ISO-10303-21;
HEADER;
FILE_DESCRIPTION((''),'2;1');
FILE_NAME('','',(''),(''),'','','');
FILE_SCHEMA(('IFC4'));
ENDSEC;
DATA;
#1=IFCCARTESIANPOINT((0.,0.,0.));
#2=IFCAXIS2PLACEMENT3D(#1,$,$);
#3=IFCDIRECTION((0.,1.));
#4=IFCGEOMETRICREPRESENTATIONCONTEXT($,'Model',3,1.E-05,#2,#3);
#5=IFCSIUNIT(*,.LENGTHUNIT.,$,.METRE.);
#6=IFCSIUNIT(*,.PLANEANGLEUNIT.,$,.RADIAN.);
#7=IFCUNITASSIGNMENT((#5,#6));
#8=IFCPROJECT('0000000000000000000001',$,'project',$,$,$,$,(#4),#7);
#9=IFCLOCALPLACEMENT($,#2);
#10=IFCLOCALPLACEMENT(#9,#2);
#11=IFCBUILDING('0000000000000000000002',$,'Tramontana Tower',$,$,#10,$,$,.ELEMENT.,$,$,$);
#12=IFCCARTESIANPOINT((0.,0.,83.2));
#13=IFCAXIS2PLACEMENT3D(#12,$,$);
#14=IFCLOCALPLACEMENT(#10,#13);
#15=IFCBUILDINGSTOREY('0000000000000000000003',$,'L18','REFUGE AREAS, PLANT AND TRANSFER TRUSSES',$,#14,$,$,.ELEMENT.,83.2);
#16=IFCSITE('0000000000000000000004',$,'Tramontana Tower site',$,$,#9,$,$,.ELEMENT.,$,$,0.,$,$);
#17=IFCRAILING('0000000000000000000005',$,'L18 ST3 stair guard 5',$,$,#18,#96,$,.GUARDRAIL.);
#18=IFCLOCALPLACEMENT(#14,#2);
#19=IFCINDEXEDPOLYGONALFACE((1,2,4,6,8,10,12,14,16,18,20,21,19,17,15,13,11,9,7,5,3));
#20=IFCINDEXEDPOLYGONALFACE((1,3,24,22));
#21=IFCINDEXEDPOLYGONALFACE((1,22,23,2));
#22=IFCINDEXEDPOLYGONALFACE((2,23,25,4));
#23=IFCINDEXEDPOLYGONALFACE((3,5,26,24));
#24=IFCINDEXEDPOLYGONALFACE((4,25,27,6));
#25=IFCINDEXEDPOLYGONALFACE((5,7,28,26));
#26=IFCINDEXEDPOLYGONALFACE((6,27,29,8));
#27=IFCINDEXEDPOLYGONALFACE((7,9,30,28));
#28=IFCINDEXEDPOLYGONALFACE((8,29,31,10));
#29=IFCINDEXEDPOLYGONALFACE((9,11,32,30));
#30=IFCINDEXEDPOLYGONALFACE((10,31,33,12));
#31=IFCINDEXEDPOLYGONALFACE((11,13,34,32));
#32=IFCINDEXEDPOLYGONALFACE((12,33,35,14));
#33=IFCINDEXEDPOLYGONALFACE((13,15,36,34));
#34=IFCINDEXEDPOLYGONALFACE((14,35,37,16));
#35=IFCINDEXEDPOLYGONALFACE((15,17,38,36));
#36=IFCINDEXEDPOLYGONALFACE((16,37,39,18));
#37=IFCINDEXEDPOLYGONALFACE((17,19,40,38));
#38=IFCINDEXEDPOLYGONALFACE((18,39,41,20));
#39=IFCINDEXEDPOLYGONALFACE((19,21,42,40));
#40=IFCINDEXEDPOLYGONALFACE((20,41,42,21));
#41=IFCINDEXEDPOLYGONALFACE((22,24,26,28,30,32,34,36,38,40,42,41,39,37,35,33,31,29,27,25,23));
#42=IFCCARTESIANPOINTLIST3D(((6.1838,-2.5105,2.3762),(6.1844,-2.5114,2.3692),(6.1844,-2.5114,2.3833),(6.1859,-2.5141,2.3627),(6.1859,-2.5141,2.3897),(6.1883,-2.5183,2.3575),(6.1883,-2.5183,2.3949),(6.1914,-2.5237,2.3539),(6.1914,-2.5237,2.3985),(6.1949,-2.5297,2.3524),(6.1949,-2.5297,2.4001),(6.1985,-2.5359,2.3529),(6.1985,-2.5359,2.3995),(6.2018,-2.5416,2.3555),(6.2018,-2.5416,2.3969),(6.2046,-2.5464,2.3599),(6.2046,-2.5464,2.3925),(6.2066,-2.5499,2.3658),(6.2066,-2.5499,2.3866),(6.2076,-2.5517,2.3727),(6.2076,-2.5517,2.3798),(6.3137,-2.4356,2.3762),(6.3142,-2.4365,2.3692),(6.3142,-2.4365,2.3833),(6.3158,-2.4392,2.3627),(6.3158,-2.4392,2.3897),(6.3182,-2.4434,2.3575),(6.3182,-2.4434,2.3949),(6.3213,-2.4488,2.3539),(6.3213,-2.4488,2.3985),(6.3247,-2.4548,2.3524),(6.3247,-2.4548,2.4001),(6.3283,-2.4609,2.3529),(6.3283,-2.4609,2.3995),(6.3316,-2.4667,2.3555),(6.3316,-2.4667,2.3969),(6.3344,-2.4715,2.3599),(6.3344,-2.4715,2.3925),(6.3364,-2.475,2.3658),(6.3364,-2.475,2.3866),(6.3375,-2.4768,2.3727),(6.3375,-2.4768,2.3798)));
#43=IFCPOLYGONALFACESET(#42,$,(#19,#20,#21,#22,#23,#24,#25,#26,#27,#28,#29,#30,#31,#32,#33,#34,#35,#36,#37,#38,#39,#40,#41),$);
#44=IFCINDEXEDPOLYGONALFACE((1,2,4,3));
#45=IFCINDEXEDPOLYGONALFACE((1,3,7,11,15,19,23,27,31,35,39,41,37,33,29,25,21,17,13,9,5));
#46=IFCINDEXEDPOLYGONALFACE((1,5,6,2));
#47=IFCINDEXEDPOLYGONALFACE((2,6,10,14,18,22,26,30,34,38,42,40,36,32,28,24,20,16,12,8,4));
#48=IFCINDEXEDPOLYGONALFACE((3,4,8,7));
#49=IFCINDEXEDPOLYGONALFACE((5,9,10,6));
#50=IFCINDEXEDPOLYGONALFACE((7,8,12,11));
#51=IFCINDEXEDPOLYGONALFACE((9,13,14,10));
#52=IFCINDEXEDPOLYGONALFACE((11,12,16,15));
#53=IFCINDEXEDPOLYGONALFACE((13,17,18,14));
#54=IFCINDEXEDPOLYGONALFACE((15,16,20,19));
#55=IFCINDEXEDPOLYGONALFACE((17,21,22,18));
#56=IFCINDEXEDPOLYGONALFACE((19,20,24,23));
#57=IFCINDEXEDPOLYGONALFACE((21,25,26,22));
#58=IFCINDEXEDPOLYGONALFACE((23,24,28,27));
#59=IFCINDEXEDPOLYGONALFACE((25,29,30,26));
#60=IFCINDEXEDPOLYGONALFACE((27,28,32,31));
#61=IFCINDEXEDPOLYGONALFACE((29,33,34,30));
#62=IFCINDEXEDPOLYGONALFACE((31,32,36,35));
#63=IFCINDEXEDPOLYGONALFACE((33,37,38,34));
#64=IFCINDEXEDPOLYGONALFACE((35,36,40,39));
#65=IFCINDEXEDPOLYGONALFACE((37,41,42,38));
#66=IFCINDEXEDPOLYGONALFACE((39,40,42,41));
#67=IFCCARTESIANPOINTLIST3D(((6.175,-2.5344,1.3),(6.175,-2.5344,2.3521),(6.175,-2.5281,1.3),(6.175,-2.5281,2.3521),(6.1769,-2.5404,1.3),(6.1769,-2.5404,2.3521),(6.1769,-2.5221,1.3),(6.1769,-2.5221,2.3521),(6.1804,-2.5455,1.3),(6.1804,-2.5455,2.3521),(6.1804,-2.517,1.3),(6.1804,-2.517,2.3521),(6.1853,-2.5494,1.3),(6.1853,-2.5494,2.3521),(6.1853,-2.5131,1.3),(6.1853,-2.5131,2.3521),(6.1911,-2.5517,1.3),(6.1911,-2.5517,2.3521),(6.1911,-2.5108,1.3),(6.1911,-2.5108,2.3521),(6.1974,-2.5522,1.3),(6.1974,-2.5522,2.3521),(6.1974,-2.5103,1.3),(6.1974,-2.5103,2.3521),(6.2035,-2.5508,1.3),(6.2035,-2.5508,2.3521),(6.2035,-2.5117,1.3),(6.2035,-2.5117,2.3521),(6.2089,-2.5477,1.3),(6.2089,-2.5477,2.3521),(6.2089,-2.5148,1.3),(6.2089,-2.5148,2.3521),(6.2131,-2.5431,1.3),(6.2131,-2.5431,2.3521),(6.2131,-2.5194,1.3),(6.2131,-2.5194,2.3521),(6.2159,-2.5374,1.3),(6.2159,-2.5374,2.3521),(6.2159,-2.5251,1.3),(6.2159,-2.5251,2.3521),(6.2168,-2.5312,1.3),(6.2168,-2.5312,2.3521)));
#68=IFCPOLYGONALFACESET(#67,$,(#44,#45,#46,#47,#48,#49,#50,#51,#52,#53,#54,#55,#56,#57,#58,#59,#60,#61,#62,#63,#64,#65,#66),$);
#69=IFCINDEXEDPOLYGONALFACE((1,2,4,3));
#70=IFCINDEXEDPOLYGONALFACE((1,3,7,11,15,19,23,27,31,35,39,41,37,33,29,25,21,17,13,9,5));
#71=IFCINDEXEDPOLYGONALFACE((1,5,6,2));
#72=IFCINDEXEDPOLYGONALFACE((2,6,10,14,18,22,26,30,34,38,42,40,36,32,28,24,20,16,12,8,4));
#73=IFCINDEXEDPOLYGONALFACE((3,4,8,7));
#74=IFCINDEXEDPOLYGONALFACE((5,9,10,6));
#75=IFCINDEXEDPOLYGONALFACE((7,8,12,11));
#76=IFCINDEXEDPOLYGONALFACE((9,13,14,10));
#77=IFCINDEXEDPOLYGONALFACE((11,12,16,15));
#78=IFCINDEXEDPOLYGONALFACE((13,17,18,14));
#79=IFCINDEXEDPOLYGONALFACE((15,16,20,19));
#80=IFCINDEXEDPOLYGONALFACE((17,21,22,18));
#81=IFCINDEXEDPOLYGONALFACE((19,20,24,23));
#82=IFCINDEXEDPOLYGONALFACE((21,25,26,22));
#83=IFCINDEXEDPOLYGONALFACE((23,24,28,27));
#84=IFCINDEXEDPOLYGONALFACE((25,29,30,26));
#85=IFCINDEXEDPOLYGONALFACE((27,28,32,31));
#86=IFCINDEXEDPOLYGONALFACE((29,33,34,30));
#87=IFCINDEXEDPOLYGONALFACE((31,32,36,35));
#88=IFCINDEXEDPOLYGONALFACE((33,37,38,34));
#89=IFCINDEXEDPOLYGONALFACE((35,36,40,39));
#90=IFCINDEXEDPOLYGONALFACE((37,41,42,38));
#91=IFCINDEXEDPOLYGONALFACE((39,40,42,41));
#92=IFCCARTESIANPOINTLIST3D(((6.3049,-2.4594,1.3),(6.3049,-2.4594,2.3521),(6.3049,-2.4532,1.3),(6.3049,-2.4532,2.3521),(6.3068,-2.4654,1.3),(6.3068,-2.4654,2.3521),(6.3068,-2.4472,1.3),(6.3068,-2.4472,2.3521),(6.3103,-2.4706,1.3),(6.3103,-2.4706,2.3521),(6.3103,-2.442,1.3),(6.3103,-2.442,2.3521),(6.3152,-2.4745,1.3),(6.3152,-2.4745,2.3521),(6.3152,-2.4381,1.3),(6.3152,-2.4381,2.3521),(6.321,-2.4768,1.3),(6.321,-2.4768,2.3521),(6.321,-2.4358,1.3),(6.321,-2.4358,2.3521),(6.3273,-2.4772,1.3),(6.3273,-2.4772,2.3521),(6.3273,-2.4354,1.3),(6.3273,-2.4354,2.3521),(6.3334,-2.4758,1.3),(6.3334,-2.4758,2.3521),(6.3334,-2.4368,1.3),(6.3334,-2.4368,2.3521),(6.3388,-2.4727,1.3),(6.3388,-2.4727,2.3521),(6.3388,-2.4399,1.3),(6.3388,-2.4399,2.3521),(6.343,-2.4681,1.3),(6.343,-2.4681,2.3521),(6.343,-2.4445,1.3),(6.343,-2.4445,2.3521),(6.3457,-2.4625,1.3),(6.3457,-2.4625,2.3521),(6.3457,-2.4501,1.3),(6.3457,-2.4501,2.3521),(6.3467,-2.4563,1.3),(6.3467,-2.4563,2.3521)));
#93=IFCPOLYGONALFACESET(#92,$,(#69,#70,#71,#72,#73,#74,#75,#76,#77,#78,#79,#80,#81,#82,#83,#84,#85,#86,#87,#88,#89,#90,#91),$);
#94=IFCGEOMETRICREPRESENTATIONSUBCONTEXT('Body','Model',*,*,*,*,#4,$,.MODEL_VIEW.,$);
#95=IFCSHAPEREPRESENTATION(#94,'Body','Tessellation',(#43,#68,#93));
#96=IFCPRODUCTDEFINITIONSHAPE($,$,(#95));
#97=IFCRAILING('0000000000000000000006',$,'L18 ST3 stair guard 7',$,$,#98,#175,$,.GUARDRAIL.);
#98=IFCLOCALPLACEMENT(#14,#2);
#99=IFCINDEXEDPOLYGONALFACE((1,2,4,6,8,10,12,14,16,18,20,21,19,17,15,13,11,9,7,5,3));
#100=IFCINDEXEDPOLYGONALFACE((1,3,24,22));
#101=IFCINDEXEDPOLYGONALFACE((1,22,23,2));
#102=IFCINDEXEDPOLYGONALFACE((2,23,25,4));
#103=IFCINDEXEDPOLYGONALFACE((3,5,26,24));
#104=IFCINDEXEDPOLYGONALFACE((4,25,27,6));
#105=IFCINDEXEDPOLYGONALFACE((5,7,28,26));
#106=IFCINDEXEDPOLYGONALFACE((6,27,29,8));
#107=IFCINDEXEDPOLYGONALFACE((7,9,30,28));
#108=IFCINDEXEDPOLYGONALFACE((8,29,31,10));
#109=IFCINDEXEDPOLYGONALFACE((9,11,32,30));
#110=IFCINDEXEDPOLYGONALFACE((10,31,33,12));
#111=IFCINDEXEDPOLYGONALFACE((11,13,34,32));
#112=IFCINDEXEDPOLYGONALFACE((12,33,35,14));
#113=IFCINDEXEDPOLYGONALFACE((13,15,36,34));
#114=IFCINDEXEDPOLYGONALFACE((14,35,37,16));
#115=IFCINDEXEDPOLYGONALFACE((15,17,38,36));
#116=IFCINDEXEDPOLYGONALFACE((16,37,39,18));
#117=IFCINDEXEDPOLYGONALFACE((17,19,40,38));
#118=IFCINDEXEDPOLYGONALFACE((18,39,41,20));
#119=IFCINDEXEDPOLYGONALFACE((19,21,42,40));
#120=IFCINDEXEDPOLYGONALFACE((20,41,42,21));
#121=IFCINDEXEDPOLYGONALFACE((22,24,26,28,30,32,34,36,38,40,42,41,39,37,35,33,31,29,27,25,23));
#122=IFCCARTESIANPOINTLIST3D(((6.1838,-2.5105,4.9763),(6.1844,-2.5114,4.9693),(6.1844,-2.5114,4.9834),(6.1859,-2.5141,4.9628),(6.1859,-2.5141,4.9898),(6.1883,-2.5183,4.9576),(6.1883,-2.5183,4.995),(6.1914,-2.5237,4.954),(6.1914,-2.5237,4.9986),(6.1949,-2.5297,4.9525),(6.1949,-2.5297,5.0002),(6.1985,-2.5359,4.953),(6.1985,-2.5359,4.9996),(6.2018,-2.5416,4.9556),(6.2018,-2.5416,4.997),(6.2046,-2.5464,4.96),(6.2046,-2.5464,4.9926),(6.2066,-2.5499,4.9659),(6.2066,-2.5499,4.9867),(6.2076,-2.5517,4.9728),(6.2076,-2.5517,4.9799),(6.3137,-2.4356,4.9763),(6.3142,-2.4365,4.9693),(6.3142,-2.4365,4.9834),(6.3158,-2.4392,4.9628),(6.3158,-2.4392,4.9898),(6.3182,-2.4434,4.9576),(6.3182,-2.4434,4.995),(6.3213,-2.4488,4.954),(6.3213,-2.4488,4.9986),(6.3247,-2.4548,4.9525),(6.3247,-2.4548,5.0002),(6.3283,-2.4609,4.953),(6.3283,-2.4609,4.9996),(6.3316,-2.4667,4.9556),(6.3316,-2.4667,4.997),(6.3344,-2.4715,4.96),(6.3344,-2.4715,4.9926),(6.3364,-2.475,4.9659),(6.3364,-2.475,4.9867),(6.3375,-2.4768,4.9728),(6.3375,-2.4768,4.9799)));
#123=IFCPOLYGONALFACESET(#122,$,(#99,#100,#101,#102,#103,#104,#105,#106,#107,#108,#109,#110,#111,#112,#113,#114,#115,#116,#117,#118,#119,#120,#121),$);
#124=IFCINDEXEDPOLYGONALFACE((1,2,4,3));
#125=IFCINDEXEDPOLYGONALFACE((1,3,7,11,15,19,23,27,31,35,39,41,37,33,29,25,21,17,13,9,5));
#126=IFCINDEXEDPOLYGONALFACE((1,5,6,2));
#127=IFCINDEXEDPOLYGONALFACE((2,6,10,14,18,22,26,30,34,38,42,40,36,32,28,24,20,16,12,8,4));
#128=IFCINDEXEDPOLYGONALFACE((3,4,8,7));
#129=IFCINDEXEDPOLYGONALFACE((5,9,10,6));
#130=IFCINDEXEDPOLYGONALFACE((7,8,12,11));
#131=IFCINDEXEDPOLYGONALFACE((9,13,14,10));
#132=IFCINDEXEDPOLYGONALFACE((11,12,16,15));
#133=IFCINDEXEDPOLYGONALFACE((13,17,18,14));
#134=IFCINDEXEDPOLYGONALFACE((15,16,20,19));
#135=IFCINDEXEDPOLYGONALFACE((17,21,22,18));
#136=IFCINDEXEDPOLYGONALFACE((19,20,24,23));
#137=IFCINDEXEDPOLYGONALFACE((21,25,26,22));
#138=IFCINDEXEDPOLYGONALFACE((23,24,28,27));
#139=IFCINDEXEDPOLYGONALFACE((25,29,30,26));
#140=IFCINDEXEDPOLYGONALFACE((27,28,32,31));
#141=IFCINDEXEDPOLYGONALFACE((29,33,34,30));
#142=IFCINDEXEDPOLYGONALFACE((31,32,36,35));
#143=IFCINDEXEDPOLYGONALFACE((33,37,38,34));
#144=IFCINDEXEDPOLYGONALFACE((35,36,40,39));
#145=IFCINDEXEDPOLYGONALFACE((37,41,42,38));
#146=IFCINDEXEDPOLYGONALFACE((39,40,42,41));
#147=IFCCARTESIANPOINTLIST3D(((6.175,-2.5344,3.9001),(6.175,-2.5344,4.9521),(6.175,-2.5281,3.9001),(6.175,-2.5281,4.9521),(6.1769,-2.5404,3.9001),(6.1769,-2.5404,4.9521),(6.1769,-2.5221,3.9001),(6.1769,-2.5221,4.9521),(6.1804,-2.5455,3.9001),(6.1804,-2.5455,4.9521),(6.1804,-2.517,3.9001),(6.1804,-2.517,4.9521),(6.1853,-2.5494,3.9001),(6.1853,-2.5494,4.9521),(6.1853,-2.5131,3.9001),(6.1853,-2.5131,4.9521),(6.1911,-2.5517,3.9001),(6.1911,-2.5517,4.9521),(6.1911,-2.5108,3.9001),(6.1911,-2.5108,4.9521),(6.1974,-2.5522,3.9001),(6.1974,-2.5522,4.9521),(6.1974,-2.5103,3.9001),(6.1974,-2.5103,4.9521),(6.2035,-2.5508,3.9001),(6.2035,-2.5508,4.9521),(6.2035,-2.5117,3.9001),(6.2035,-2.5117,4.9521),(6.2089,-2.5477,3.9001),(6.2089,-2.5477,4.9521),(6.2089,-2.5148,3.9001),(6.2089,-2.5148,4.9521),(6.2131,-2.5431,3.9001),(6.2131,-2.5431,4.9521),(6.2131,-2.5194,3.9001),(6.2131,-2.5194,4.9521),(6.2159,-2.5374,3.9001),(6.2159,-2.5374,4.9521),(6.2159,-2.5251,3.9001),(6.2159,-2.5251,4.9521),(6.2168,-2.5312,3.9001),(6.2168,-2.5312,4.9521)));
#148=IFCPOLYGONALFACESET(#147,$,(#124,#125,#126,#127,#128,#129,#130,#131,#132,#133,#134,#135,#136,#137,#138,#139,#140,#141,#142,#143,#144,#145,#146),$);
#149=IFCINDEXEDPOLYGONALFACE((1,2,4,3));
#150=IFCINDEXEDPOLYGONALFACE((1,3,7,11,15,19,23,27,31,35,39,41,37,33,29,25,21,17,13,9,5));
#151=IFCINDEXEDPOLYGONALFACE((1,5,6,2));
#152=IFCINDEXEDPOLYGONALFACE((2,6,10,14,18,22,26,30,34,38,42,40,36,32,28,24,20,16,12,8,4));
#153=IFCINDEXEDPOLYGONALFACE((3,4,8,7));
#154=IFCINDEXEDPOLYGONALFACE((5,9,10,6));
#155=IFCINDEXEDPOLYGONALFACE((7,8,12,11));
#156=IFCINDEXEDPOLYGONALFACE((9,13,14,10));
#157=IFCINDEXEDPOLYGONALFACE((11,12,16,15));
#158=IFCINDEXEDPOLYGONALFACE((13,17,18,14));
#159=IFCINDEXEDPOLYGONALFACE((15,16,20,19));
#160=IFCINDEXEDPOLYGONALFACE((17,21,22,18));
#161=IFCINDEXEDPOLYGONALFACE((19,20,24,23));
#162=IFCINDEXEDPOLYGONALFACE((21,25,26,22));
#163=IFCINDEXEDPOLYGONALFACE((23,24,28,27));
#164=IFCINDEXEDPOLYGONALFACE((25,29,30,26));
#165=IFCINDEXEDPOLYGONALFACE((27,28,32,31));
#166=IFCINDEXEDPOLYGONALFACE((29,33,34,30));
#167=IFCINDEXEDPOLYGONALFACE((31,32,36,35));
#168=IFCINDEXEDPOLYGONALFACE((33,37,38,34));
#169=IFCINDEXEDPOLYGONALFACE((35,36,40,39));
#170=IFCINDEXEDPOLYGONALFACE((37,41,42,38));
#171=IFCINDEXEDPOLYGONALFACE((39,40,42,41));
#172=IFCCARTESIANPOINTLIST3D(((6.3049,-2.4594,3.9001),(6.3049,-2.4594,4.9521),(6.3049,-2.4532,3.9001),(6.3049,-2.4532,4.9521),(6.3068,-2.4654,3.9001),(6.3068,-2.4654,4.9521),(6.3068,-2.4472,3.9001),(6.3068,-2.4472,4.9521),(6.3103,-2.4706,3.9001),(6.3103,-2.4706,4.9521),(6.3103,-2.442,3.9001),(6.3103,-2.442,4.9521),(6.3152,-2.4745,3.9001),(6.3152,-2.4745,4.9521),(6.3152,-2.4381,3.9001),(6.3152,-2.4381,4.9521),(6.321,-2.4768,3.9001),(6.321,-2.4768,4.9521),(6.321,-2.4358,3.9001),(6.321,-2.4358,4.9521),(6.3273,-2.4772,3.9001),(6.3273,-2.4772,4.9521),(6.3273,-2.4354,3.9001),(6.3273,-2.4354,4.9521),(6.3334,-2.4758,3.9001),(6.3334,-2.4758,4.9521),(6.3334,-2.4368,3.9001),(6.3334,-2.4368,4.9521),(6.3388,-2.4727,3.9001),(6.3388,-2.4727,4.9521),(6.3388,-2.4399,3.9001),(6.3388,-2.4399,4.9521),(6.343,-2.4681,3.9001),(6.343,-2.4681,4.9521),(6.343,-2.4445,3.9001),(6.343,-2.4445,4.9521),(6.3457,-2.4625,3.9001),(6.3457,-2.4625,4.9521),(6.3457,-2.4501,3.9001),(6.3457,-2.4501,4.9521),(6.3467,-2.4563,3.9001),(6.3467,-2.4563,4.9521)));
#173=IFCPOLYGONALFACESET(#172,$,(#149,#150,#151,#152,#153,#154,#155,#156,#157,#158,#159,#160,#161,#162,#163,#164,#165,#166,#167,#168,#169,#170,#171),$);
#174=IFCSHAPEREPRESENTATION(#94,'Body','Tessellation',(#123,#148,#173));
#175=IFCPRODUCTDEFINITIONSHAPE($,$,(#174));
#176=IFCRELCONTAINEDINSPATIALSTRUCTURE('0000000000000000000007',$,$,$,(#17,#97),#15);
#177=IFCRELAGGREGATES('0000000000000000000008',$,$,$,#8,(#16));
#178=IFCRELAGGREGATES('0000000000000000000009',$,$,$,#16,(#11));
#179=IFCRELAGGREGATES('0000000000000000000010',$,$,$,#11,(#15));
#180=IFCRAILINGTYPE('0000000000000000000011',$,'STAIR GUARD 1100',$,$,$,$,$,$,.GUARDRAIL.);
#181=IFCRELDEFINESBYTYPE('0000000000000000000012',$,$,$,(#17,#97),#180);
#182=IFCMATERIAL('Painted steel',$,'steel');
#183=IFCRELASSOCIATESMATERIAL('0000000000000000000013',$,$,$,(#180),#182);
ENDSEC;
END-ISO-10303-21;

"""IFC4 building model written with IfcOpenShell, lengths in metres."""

from ifc_helpers import new_model, si_unit, direction, frame, origin, origin_2d, place, context, subcontext, project, spatial, circle, extrude, material, type_object, element, save


model = new_model("IFC4")

# Units and contexts
model_context = context("Model", 3, precision=1e-05, world=origin(), true_north=direction((0.0, 1.0)))
body_context = subcontext(model_context, "Body", "Model", "MODEL_VIEW")
ifc_project = project(units=[si_unit("LENGTHUNIT", "METRE"), si_unit("PLANEANGLEUNIT", "RADIAN")], contexts=[model_context])

# Site, building, storey
site_placement = place(None, origin())
site = spatial("IfcSite", under=ifc_project, at=site_placement, Name="Tramontana Tower site", CompositionType="ELEMENT", RefElevation=0.0)
building_placement = place(site_placement, origin())
building = spatial("IfcBuilding", under=site, at=building_placement, Name="Tramontana Tower", CompositionType="ELEMENT")
storey_placement = place(building_placement, frame((0.0, 0.0, 83.2)))
storey = spatial("IfcBuildingStorey", under=building, at=storey_placement, Name="L18", Description="REFUGE AREAS, PLANT AND TRANSFER TRUSSES", CompositionType="ELEMENT", Elevation=83.2)

# Railings
ifc_material_1 = material(Name="Painted steel", Category="steel")
railing_type_1 = type_object("IfcRailingType", Name="STAIR GUARD 1100", PredefinedType="GUARDRAIL", material=ifc_material_1)
for number, where, name in (
    (1, (6.1958, -2.5312, 1.3), "L18 ST3 stair guard 5"),
    (2, (6.1958, -2.5312, 3.9001), "L18 ST3 stair guard 7"),
):
    element("IfcRailing", number, at=place(storey_placement, frame(where)), inside=storey, type_object=railing_type_1, Name=name, PredefinedType="GUARDRAIL", context=body_context, shape_type="SweptSolid", body=[
        extrude(circle(Radius=0.0239, at=origin_2d()), frame((0.0, 0.0, 1.0762), z_axis=(0.866131, 0.499816, 0.0), x_axis=(-0.499816, 0.866131, 0.0)), (0.0, 0.0, 1.0), 0.1499),
        extrude(circle(Radius=0.021, at=origin_2d()), origin(), (0.0, 0.0, 1.0), 1.052),
        extrude(circle(Radius=0.021, at=origin_2d()), frame((0.1299, 0.075, 0.0)), (0.0, 0.0, 1.0), 1.052),
    ])

save(model, "model.ifc")
